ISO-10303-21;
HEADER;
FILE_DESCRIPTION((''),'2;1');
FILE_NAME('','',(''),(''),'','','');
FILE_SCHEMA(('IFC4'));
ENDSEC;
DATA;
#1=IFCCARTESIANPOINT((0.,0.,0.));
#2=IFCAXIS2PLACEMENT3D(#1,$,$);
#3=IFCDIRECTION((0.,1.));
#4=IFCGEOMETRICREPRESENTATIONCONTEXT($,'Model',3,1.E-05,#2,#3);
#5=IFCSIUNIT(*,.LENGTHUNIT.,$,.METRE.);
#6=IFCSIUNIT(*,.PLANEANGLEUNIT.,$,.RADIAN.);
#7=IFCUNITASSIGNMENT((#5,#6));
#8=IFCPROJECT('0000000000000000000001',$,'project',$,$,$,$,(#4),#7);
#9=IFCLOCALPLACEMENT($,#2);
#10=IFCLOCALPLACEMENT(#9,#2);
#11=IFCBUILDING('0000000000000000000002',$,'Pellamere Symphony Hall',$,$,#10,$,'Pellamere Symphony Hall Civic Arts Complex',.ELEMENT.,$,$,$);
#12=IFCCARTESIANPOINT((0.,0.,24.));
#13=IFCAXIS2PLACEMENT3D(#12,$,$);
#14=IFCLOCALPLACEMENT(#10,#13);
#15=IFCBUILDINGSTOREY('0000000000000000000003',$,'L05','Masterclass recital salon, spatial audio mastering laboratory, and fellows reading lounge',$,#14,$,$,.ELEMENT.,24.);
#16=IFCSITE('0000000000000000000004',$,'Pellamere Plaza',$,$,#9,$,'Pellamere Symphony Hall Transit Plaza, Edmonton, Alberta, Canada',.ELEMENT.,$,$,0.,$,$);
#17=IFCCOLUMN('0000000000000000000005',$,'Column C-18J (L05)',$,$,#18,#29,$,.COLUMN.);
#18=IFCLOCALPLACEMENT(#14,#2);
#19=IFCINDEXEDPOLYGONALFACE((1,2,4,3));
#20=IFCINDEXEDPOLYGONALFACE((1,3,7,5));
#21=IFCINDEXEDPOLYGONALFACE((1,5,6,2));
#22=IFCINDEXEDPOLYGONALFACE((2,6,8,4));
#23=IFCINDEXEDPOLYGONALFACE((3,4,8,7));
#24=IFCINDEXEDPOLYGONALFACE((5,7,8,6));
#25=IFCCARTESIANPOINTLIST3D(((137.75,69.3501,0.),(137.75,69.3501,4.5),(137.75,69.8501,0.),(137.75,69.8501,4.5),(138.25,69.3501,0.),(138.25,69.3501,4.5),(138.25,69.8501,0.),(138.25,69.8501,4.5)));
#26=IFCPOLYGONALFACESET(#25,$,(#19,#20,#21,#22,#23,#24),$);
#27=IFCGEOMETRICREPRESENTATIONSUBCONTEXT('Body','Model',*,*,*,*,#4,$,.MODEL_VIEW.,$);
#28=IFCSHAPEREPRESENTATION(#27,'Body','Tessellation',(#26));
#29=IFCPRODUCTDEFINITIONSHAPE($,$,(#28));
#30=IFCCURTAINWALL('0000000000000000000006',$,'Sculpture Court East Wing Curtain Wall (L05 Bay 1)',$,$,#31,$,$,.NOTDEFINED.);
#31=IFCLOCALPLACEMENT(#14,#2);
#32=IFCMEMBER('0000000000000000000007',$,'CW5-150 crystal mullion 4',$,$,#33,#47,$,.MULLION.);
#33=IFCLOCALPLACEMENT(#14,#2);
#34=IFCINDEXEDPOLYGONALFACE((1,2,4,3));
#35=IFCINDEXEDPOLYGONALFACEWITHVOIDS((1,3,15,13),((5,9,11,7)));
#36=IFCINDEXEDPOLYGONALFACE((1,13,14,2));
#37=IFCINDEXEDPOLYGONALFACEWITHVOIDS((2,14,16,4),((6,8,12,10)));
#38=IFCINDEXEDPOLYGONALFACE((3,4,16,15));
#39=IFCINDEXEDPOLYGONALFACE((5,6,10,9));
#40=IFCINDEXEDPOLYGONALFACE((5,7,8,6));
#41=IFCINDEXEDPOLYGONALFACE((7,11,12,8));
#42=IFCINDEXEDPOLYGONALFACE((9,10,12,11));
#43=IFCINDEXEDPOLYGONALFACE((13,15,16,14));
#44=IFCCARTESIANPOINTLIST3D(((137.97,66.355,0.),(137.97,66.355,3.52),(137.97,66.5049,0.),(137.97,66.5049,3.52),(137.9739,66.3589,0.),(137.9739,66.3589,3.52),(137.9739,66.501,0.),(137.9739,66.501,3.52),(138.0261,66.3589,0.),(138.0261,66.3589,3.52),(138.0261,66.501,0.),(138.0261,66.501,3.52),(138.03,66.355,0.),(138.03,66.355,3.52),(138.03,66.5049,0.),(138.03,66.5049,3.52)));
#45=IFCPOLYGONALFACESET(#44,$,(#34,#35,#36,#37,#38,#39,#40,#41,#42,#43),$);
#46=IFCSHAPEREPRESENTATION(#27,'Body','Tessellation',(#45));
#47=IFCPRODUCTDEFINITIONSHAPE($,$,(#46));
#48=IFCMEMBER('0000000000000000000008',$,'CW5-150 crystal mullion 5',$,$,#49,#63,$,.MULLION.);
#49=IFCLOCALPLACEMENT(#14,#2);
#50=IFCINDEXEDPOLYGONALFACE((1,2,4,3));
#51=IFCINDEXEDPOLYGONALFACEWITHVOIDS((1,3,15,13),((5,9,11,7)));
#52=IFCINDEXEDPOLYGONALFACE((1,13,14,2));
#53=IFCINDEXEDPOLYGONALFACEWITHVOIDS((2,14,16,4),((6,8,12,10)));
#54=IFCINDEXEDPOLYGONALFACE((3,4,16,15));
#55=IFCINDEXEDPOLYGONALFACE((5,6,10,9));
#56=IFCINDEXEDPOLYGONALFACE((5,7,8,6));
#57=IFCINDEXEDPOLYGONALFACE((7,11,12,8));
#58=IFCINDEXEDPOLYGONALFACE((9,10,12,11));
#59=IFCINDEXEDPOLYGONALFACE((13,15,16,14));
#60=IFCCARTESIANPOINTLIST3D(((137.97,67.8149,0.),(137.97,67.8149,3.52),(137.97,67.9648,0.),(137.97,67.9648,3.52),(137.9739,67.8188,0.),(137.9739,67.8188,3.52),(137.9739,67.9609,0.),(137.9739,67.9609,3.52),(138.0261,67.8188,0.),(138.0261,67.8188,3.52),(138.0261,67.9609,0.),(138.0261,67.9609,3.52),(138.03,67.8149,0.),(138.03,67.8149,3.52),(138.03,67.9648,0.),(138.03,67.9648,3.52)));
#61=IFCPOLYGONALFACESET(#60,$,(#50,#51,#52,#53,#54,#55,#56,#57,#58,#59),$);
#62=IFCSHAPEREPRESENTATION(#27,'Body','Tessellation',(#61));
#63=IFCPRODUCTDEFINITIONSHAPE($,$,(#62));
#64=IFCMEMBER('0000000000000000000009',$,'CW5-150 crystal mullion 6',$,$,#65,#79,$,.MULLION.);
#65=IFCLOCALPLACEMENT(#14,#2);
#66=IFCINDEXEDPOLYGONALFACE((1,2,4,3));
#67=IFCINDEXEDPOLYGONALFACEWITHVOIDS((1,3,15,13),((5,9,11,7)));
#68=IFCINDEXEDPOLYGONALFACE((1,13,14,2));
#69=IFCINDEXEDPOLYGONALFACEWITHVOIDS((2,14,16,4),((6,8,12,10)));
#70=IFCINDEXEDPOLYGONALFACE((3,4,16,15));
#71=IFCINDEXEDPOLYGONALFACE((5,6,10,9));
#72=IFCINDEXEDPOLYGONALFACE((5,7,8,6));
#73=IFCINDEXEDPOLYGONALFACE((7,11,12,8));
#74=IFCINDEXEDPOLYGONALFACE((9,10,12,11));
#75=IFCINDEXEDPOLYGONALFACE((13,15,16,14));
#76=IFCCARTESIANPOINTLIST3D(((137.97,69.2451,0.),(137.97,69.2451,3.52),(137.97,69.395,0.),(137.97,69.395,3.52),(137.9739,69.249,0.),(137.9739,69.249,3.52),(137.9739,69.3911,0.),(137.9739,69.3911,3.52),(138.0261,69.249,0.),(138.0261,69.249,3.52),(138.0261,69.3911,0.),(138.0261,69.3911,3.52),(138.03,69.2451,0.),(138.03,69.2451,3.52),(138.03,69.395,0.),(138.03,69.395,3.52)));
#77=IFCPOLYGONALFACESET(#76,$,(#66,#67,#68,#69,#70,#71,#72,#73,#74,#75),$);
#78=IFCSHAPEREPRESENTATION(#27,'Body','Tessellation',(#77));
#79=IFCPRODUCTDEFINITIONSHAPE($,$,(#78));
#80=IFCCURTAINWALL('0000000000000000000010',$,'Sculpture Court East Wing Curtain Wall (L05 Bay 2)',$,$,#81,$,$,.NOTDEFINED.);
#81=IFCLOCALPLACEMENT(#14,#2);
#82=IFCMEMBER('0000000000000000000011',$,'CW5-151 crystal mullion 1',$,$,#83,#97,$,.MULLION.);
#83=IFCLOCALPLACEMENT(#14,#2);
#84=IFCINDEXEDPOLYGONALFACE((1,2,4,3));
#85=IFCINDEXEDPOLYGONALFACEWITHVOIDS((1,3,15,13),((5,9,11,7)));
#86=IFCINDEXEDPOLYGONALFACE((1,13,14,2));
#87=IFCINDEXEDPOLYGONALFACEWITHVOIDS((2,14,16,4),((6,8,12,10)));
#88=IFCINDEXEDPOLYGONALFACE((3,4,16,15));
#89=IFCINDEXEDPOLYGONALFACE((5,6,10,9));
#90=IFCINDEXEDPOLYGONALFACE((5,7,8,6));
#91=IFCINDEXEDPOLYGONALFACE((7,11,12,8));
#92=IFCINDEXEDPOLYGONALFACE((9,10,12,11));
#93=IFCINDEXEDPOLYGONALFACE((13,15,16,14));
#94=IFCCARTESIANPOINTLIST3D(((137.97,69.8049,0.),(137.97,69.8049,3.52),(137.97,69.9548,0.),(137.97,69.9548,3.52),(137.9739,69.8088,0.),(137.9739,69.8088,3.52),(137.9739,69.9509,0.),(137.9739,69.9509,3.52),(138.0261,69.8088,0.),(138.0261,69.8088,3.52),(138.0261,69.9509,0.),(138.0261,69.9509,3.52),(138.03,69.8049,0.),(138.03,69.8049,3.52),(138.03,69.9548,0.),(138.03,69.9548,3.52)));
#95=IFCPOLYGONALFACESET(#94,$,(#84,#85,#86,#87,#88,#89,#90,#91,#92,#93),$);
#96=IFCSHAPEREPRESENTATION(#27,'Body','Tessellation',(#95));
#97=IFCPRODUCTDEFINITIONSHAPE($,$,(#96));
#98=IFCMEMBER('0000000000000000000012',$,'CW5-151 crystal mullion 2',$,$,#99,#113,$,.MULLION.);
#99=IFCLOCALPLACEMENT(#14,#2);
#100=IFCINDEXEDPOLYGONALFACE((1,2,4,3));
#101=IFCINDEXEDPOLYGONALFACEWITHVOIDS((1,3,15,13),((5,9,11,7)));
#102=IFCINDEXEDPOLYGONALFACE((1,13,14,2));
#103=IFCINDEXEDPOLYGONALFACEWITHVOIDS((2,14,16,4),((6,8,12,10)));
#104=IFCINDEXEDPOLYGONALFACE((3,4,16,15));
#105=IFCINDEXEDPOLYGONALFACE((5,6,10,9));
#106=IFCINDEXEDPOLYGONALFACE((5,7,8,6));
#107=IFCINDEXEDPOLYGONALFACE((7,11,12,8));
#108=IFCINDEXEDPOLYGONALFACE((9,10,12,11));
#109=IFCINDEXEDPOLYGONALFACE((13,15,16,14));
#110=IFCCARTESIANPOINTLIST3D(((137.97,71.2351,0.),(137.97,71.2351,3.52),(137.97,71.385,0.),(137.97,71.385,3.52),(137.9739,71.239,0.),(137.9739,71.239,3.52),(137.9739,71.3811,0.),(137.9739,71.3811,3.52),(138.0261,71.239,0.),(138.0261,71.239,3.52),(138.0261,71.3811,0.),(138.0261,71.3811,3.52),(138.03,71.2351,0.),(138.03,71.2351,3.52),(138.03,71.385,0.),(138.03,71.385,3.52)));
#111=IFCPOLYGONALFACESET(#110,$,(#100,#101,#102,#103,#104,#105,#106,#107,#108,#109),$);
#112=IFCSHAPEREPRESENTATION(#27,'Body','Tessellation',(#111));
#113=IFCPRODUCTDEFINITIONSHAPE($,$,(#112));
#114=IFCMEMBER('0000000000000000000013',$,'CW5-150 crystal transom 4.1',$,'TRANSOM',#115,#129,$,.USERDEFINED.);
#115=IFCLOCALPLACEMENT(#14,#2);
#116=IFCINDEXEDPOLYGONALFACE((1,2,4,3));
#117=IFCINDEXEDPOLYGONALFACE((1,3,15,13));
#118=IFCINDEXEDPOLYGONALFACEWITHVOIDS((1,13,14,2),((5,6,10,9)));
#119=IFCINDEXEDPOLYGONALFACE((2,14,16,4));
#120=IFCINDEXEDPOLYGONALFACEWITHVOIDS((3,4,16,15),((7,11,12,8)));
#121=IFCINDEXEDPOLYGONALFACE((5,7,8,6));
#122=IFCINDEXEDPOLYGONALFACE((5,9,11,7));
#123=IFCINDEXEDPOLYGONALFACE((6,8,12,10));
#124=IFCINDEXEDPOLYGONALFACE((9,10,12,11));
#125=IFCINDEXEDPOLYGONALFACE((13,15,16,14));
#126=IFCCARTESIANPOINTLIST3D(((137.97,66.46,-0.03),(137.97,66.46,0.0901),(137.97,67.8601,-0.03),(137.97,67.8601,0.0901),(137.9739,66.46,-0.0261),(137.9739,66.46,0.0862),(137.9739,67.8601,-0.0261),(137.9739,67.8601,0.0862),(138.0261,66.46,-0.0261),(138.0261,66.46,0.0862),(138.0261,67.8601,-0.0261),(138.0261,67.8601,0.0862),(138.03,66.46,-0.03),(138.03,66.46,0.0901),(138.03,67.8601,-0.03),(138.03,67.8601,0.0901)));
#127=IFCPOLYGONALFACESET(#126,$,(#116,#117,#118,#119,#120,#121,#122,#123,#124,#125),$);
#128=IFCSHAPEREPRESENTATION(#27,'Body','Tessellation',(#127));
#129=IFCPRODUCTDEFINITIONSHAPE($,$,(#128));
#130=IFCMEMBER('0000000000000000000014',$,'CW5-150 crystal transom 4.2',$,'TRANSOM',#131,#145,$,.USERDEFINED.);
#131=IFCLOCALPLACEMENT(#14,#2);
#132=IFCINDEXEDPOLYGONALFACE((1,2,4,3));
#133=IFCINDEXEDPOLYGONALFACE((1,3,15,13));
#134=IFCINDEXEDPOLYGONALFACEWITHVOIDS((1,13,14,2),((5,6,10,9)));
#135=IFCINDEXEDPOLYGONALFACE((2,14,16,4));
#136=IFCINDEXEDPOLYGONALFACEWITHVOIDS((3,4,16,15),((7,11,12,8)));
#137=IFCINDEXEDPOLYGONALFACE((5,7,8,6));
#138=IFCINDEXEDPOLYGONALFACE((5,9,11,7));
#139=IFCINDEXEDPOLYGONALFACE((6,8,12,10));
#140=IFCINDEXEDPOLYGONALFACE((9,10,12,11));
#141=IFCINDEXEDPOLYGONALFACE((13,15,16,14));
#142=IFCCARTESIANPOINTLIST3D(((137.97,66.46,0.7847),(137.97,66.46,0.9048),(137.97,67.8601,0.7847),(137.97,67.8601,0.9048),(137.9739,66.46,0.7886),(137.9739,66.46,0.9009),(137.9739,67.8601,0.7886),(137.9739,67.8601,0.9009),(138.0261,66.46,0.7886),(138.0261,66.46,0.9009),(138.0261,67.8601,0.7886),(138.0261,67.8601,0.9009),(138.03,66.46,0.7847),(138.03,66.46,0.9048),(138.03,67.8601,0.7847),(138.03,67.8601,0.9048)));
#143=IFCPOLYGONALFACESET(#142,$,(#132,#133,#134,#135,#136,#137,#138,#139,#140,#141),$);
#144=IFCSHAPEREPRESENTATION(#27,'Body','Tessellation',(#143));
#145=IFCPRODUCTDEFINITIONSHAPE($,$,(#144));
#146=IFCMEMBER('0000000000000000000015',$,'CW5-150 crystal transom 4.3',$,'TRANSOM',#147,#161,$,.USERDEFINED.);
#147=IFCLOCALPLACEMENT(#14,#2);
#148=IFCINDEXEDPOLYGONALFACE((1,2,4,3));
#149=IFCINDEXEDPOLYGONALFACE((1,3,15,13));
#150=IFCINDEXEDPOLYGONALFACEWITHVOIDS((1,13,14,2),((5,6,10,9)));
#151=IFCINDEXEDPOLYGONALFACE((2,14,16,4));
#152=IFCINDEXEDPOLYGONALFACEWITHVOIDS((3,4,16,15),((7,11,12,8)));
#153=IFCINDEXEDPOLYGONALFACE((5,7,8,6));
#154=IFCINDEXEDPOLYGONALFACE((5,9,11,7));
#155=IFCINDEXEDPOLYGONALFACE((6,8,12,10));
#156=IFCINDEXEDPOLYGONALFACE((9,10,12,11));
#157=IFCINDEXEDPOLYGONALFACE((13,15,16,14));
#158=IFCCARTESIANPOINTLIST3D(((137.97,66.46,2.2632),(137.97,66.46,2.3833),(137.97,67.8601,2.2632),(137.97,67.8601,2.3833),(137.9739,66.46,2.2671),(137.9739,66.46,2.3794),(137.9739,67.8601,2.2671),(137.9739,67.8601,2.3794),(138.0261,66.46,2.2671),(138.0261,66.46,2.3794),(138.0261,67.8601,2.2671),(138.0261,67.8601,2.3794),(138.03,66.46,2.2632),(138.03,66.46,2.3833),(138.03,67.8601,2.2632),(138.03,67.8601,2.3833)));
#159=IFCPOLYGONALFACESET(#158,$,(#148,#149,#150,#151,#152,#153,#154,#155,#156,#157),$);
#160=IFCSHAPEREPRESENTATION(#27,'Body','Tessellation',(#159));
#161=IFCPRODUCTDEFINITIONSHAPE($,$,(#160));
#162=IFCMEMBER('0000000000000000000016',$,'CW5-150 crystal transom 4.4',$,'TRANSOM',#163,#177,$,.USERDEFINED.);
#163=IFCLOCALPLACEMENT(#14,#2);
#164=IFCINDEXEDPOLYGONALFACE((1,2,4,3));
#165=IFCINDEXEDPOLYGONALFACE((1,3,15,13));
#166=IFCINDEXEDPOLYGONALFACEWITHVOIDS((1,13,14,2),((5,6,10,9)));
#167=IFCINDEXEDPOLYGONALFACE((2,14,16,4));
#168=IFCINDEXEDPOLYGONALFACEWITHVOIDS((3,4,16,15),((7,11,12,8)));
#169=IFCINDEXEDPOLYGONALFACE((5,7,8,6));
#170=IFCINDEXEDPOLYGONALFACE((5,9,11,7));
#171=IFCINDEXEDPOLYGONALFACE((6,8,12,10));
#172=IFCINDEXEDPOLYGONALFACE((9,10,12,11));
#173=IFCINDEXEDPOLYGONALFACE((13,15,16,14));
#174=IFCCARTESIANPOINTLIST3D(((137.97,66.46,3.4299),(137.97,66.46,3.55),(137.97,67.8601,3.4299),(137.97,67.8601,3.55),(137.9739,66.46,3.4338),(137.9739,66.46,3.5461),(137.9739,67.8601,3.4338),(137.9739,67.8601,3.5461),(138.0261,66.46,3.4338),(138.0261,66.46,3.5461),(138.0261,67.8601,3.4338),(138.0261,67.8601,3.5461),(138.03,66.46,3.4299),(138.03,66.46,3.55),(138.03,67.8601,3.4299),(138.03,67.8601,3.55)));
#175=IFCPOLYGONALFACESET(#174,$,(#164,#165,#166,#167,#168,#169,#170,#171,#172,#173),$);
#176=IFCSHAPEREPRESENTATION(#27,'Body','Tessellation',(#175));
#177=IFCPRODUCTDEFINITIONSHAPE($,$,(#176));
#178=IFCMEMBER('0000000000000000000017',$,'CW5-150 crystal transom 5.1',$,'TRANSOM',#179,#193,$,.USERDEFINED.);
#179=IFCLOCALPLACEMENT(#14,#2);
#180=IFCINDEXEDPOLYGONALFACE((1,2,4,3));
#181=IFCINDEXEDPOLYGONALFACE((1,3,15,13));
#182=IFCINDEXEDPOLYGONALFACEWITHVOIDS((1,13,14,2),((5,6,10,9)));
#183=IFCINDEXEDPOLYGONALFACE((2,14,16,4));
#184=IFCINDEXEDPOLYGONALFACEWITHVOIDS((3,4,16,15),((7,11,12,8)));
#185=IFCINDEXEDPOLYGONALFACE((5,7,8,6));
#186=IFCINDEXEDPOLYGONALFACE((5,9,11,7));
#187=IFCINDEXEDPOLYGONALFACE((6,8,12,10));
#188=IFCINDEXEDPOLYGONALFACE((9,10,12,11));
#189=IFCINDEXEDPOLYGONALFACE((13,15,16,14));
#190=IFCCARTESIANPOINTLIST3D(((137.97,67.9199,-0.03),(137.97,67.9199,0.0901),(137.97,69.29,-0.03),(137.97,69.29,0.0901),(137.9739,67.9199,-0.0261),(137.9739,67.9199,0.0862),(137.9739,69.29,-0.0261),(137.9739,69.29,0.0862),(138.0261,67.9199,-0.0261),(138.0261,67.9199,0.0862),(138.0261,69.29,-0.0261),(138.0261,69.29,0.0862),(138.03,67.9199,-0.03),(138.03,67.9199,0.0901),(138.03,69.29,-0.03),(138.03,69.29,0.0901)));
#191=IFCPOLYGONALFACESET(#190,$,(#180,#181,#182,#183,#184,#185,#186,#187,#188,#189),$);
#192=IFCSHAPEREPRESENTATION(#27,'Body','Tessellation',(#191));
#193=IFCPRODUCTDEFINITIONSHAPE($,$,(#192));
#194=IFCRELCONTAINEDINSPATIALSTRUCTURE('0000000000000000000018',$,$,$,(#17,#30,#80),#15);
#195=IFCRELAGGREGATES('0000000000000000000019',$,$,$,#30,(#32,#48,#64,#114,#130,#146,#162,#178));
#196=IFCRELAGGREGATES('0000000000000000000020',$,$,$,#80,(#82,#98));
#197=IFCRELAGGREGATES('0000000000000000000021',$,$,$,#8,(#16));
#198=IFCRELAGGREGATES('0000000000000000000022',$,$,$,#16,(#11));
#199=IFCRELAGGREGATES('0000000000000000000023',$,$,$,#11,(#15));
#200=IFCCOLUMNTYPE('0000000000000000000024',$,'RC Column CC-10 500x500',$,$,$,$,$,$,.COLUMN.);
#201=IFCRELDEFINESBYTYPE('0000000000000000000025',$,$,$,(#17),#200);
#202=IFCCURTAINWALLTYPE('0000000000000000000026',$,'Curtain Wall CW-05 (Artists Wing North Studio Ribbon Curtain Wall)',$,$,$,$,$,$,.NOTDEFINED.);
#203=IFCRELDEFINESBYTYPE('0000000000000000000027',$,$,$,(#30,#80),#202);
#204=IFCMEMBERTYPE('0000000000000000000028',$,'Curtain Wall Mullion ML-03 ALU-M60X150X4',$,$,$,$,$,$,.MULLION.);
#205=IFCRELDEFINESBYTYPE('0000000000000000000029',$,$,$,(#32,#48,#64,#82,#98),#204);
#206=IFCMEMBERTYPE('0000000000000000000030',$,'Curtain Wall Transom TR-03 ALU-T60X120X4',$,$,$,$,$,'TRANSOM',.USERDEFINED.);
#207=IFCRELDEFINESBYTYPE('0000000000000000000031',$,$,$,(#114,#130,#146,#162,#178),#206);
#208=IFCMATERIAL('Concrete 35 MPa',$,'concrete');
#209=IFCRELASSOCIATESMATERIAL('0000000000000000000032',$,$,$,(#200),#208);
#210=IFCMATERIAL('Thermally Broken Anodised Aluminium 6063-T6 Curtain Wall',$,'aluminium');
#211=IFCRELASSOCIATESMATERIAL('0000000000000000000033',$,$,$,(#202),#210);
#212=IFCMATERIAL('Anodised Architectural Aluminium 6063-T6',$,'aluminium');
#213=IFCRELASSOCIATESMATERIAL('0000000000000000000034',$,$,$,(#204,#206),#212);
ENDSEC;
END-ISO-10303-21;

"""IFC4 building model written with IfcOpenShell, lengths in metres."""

from ifc_helpers import new_model, si_unit, direction, frame, origin, origin_2d, place, context, subcontext, project, spatial, rectangle, hollow_rectangle, extrude, material, material_profile, profile_set, type_object, element, aggregate, save


model = new_model("IFC4")

# Units and contexts
model_context = context("Model", 3, precision=1e-05, world=origin(), true_north=direction((0.0, 1.0)))
body_context = subcontext(model_context, "Body", "Model", "MODEL_VIEW")
ifc_project = project(units=[si_unit("LENGTHUNIT", "METRE"), si_unit("PLANEANGLEUNIT", "RADIAN")], contexts=[model_context])

# Site, building, storey
site_placement = place(None, origin())
site = spatial("IfcSite", under=ifc_project, at=site_placement, Name="Pellamere Plaza", LongName="Pellamere Symphony Hall Transit Plaza, Edmonton, Alberta, Canada", CompositionType="ELEMENT", RefElevation=0.0)
building_placement = place(site_placement, origin())
building = spatial("IfcBuilding", under=site, at=building_placement, Name="Pellamere Symphony Hall", LongName="Pellamere Symphony Hall Civic Arts Complex", CompositionType="ELEMENT")
storey_placement = place(building_placement, frame((0.0, 0.0, 24.0)))
storey = spatial("IfcBuildingStorey", under=building, at=storey_placement, Name="L05", Description="Masterclass recital salon, spatial audio mastering laboratory, and fellows reading lounge", CompositionType="ELEMENT", Elevation=24.0)

# Column
ifc_material_1 = material(Name="Concrete 35 MPa", Category="concrete")
ifc_material_profile_1 = material_profile(ifc_material_1, rectangle(XDim=0.5, YDim=0.5, at=origin_2d()), Name="RC 500x500")
ifc_profile_set_1 = profile_set([ifc_material_profile_1], Name="Concrete 35 MPa")
column_type = type_object("IfcColumnType", Name="RC Column CC-10 500x500", PredefinedType="COLUMN", material=ifc_profile_set_1)
column_placement = place(storey_placement, frame((138.0, 69.6001, 0.0), z_axis=(0.0, 0.0, 1.0), x_axis=(1.0, 0.0, 0.0)))
element("IfcColumn", 1, at=column_placement, inside=storey, type_object=column_type, Name="Column C-18J (L05)", PredefinedType="COLUMN", context=body_context, shape_type="SweptSolid", body=[
    extrude(rectangle(XDim=0.5, YDim=0.5, at=origin_2d()), origin(), (0.0, 0.0, 1.0), 4.5),
])

# Curtain walls, members
ifc_material_2 = material(Name="Thermally Broken Anodised Aluminium 6063-T6 Curtain Wall", Category="aluminium")
curtain_wall_type = type_object("IfcCurtainWallType", Name="Curtain Wall CW-05 (Artists Wing North Studio Ribbon Curtain Wall)", PredefinedType="NOTDEFINED", material=ifc_material_2)
curtain_wall_1_placement = place(storey_placement, origin())
curtain_wall_1 = element("IfcCurtainWall", 2, at=curtain_wall_1_placement, inside=storey, type_object=curtain_wall_type, Name="Sculpture Court East Wing Curtain Wall (L05 Bay 1)", PredefinedType="NOTDEFINED")
ifc_material_3 = material(Name="Anodised Architectural Aluminium 6063-T6", Category="aluminium")
ifc_material_profile_2 = material_profile(ifc_material_3, hollow_rectangle(XDim=0.0601, YDim=0.1499, WallThickness=0.0039, at=origin_2d()), Name="ALU-M60X150X4")
ifc_profile_set_2 = profile_set([ifc_material_profile_2], Name="Anodised Architectural Aluminium 6063-T6")
member_type_1 = type_object("IfcMemberType", Name="Curtain Wall Mullion ML-03 ALU-M60X150X4", PredefinedType="MULLION", material=ifc_profile_set_2)
member_1_placement = place(storey_placement, frame((138.0, 66.4299, 0.0), z_axis=(0.0, 0.0, 1.0), x_axis=(-1.0, 0.0, 0.0)))
member_1 = element("IfcMember", 3, at=member_1_placement, type_object=member_type_1, Name="CW5-150 crystal mullion 4", PredefinedType="MULLION", context=body_context, shape_type="SweptSolid", body=[
    extrude(hollow_rectangle(XDim=0.0601, YDim=0.1499, WallThickness=0.0039, at=origin_2d()), origin(), (0.0, 0.0, 1.0), 3.52),
])
member_2_placement = place(storey_placement, frame((138.0, 67.8899, 0.0), z_axis=(0.0, 0.0, 1.0), x_axis=(-1.0, 0.0, 0.0)))
member_2 = element("IfcMember", 4, at=member_2_placement, type_object=member_type_1, Name="CW5-150 crystal mullion 5", PredefinedType="MULLION", context=body_context, shape_type="SweptSolid", body=[
    extrude(hollow_rectangle(XDim=0.0601, YDim=0.1499, WallThickness=0.0039, at=origin_2d()), origin(), (0.0, 0.0, 1.0), 3.52),
])
member_3_placement = place(storey_placement, frame((138.0, 69.3201, 0.0), z_axis=(0.0, 0.0, 1.0), x_axis=(-1.0, 0.0, 0.0)))
member_3 = element("IfcMember", 5, at=member_3_placement, type_object=member_type_1, Name="CW5-150 crystal mullion 6", PredefinedType="MULLION", context=body_context, shape_type="SweptSolid", body=[
    extrude(hollow_rectangle(XDim=0.0601, YDim=0.1499, WallThickness=0.0039, at=origin_2d()), origin(), (0.0, 0.0, 1.0), 3.52),
])
curtain_wall_2_placement = place(storey_placement, origin())
curtain_wall_2 = element("IfcCurtainWall", 6, at=curtain_wall_2_placement, inside=storey, type_object=curtain_wall_type, Name="Sculpture Court East Wing Curtain Wall (L05 Bay 2)", PredefinedType="NOTDEFINED")
member_4_placement = place(storey_placement, frame((138.0, 69.8799, 0.0), z_axis=(0.0, 0.0, 1.0), x_axis=(-1.0, 0.0, 0.0)))
member_4 = element("IfcMember", 7, at=member_4_placement, type_object=member_type_1, Name="CW5-151 crystal mullion 1", PredefinedType="MULLION", context=body_context, shape_type="SweptSolid", body=[
    extrude(hollow_rectangle(XDim=0.0601, YDim=0.1499, WallThickness=0.0039, at=origin_2d()), origin(), (0.0, 0.0, 1.0), 3.52),
])
member_5_placement = place(storey_placement, frame((138.0, 71.3101, 0.0), z_axis=(0.0, 0.0, 1.0), x_axis=(-1.0, 0.0, 0.0)))
member_5 = element("IfcMember", 8, at=member_5_placement, type_object=member_type_1, Name="CW5-151 crystal mullion 2", PredefinedType="MULLION", context=body_context, shape_type="SweptSolid", body=[
    extrude(hollow_rectangle(XDim=0.0601, YDim=0.1499, WallThickness=0.0039, at=origin_2d()), origin(), (0.0, 0.0, 1.0), 3.52),
])

# Members
ifc_material_profile_3 = material_profile(ifc_material_3, hollow_rectangle(XDim=0.0601, YDim=0.1201, WallThickness=0.0039, at=origin_2d()), Name="ALU-T60X120X4")
ifc_profile_set_3 = profile_set([ifc_material_profile_3], Name="Anodised Architectural Aluminium 6063-T6")
member_type_2 = type_object("IfcMemberType", Name="Curtain Wall Transom TR-03 ALU-T60X120X4", ElementType="TRANSOM", PredefinedType="USERDEFINED", material=ifc_profile_set_3)
member_6_placement = place(storey_placement, frame((138.0, 66.46, 0.03), z_axis=(0.0, 1.0, 0.0), x_axis=(-1.0, 0.0, 0.0)))
member_6 = element("IfcMember", 9, at=member_6_placement, type_object=member_type_2, Name="CW5-150 crystal transom 4.1", ObjectType="TRANSOM", PredefinedType="USERDEFINED", context=body_context, shape_type="SweptSolid", body=[
    extrude(hollow_rectangle(XDim=0.0601, YDim=0.1201, WallThickness=0.0039, at=origin_2d()), origin(), (0.0, 0.0, 1.0), 1.4001),
])
member_7_placement = place(storey_placement, frame((138.0, 66.46, 0.8447), z_axis=(0.0, 1.0, 0.0), x_axis=(-1.0, 0.0, 0.0)))
member_7 = element("IfcMember", 10, at=member_7_placement, type_object=member_type_2, Name="CW5-150 crystal transom 4.2", ObjectType="TRANSOM", PredefinedType="USERDEFINED", context=body_context, shape_type="SweptSolid", body=[
    extrude(hollow_rectangle(XDim=0.0601, YDim=0.1201, WallThickness=0.0039, at=origin_2d()), origin(), (0.0, 0.0, 1.0), 1.4001),
])
member_8_placement = place(storey_placement, frame((138.0, 66.46, 2.3232), z_axis=(0.0, 1.0, 0.0), x_axis=(-1.0, 0.0, 0.0)))
member_8 = element("IfcMember", 11, at=member_8_placement, type_object=member_type_2, Name="CW5-150 crystal transom 4.3", ObjectType="TRANSOM", PredefinedType="USERDEFINED", context=body_context, shape_type="SweptSolid", body=[
    extrude(hollow_rectangle(XDim=0.0601, YDim=0.1201, WallThickness=0.0039, at=origin_2d()), origin(), (0.0, 0.0, 1.0), 1.4001),
])
member_9_placement = place(storey_placement, frame((138.0, 66.46, 3.49), z_axis=(0.0, 1.0, 0.0), x_axis=(-1.0, 0.0, 0.0)))
member_9 = element("IfcMember", 12, at=member_9_placement, type_object=member_type_2, Name="CW5-150 crystal transom 4.4", ObjectType="TRANSOM", PredefinedType="USERDEFINED", context=body_context, shape_type="SweptSolid", body=[
    extrude(hollow_rectangle(XDim=0.0601, YDim=0.1201, WallThickness=0.0039, at=origin_2d()), origin(), (0.0, 0.0, 1.0), 1.4001),
])
member_10_placement = place(storey_placement, frame((138.0, 67.9199, 0.03), z_axis=(0.0, 1.0, 0.0), x_axis=(-1.0, 0.0, 0.0)))
member_10 = element("IfcMember", 13, at=member_10_placement, type_object=member_type_2, Name="CW5-150 crystal transom 5.1", ObjectType="TRANSOM", PredefinedType="USERDEFINED", context=body_context, shape_type="SweptSolid", body=[
    extrude(hollow_rectangle(XDim=0.0601, YDim=0.1201, WallThickness=0.0039, at=origin_2d()), origin(), (0.0, 0.0, 1.0), 1.3701),
])

aggregate(curtain_wall_1, [member_1, member_2, member_3, member_6, member_7, member_8, member_9, member_10])
aggregate(curtain_wall_2, [member_4, member_5])

save(model, "model.ifc")
